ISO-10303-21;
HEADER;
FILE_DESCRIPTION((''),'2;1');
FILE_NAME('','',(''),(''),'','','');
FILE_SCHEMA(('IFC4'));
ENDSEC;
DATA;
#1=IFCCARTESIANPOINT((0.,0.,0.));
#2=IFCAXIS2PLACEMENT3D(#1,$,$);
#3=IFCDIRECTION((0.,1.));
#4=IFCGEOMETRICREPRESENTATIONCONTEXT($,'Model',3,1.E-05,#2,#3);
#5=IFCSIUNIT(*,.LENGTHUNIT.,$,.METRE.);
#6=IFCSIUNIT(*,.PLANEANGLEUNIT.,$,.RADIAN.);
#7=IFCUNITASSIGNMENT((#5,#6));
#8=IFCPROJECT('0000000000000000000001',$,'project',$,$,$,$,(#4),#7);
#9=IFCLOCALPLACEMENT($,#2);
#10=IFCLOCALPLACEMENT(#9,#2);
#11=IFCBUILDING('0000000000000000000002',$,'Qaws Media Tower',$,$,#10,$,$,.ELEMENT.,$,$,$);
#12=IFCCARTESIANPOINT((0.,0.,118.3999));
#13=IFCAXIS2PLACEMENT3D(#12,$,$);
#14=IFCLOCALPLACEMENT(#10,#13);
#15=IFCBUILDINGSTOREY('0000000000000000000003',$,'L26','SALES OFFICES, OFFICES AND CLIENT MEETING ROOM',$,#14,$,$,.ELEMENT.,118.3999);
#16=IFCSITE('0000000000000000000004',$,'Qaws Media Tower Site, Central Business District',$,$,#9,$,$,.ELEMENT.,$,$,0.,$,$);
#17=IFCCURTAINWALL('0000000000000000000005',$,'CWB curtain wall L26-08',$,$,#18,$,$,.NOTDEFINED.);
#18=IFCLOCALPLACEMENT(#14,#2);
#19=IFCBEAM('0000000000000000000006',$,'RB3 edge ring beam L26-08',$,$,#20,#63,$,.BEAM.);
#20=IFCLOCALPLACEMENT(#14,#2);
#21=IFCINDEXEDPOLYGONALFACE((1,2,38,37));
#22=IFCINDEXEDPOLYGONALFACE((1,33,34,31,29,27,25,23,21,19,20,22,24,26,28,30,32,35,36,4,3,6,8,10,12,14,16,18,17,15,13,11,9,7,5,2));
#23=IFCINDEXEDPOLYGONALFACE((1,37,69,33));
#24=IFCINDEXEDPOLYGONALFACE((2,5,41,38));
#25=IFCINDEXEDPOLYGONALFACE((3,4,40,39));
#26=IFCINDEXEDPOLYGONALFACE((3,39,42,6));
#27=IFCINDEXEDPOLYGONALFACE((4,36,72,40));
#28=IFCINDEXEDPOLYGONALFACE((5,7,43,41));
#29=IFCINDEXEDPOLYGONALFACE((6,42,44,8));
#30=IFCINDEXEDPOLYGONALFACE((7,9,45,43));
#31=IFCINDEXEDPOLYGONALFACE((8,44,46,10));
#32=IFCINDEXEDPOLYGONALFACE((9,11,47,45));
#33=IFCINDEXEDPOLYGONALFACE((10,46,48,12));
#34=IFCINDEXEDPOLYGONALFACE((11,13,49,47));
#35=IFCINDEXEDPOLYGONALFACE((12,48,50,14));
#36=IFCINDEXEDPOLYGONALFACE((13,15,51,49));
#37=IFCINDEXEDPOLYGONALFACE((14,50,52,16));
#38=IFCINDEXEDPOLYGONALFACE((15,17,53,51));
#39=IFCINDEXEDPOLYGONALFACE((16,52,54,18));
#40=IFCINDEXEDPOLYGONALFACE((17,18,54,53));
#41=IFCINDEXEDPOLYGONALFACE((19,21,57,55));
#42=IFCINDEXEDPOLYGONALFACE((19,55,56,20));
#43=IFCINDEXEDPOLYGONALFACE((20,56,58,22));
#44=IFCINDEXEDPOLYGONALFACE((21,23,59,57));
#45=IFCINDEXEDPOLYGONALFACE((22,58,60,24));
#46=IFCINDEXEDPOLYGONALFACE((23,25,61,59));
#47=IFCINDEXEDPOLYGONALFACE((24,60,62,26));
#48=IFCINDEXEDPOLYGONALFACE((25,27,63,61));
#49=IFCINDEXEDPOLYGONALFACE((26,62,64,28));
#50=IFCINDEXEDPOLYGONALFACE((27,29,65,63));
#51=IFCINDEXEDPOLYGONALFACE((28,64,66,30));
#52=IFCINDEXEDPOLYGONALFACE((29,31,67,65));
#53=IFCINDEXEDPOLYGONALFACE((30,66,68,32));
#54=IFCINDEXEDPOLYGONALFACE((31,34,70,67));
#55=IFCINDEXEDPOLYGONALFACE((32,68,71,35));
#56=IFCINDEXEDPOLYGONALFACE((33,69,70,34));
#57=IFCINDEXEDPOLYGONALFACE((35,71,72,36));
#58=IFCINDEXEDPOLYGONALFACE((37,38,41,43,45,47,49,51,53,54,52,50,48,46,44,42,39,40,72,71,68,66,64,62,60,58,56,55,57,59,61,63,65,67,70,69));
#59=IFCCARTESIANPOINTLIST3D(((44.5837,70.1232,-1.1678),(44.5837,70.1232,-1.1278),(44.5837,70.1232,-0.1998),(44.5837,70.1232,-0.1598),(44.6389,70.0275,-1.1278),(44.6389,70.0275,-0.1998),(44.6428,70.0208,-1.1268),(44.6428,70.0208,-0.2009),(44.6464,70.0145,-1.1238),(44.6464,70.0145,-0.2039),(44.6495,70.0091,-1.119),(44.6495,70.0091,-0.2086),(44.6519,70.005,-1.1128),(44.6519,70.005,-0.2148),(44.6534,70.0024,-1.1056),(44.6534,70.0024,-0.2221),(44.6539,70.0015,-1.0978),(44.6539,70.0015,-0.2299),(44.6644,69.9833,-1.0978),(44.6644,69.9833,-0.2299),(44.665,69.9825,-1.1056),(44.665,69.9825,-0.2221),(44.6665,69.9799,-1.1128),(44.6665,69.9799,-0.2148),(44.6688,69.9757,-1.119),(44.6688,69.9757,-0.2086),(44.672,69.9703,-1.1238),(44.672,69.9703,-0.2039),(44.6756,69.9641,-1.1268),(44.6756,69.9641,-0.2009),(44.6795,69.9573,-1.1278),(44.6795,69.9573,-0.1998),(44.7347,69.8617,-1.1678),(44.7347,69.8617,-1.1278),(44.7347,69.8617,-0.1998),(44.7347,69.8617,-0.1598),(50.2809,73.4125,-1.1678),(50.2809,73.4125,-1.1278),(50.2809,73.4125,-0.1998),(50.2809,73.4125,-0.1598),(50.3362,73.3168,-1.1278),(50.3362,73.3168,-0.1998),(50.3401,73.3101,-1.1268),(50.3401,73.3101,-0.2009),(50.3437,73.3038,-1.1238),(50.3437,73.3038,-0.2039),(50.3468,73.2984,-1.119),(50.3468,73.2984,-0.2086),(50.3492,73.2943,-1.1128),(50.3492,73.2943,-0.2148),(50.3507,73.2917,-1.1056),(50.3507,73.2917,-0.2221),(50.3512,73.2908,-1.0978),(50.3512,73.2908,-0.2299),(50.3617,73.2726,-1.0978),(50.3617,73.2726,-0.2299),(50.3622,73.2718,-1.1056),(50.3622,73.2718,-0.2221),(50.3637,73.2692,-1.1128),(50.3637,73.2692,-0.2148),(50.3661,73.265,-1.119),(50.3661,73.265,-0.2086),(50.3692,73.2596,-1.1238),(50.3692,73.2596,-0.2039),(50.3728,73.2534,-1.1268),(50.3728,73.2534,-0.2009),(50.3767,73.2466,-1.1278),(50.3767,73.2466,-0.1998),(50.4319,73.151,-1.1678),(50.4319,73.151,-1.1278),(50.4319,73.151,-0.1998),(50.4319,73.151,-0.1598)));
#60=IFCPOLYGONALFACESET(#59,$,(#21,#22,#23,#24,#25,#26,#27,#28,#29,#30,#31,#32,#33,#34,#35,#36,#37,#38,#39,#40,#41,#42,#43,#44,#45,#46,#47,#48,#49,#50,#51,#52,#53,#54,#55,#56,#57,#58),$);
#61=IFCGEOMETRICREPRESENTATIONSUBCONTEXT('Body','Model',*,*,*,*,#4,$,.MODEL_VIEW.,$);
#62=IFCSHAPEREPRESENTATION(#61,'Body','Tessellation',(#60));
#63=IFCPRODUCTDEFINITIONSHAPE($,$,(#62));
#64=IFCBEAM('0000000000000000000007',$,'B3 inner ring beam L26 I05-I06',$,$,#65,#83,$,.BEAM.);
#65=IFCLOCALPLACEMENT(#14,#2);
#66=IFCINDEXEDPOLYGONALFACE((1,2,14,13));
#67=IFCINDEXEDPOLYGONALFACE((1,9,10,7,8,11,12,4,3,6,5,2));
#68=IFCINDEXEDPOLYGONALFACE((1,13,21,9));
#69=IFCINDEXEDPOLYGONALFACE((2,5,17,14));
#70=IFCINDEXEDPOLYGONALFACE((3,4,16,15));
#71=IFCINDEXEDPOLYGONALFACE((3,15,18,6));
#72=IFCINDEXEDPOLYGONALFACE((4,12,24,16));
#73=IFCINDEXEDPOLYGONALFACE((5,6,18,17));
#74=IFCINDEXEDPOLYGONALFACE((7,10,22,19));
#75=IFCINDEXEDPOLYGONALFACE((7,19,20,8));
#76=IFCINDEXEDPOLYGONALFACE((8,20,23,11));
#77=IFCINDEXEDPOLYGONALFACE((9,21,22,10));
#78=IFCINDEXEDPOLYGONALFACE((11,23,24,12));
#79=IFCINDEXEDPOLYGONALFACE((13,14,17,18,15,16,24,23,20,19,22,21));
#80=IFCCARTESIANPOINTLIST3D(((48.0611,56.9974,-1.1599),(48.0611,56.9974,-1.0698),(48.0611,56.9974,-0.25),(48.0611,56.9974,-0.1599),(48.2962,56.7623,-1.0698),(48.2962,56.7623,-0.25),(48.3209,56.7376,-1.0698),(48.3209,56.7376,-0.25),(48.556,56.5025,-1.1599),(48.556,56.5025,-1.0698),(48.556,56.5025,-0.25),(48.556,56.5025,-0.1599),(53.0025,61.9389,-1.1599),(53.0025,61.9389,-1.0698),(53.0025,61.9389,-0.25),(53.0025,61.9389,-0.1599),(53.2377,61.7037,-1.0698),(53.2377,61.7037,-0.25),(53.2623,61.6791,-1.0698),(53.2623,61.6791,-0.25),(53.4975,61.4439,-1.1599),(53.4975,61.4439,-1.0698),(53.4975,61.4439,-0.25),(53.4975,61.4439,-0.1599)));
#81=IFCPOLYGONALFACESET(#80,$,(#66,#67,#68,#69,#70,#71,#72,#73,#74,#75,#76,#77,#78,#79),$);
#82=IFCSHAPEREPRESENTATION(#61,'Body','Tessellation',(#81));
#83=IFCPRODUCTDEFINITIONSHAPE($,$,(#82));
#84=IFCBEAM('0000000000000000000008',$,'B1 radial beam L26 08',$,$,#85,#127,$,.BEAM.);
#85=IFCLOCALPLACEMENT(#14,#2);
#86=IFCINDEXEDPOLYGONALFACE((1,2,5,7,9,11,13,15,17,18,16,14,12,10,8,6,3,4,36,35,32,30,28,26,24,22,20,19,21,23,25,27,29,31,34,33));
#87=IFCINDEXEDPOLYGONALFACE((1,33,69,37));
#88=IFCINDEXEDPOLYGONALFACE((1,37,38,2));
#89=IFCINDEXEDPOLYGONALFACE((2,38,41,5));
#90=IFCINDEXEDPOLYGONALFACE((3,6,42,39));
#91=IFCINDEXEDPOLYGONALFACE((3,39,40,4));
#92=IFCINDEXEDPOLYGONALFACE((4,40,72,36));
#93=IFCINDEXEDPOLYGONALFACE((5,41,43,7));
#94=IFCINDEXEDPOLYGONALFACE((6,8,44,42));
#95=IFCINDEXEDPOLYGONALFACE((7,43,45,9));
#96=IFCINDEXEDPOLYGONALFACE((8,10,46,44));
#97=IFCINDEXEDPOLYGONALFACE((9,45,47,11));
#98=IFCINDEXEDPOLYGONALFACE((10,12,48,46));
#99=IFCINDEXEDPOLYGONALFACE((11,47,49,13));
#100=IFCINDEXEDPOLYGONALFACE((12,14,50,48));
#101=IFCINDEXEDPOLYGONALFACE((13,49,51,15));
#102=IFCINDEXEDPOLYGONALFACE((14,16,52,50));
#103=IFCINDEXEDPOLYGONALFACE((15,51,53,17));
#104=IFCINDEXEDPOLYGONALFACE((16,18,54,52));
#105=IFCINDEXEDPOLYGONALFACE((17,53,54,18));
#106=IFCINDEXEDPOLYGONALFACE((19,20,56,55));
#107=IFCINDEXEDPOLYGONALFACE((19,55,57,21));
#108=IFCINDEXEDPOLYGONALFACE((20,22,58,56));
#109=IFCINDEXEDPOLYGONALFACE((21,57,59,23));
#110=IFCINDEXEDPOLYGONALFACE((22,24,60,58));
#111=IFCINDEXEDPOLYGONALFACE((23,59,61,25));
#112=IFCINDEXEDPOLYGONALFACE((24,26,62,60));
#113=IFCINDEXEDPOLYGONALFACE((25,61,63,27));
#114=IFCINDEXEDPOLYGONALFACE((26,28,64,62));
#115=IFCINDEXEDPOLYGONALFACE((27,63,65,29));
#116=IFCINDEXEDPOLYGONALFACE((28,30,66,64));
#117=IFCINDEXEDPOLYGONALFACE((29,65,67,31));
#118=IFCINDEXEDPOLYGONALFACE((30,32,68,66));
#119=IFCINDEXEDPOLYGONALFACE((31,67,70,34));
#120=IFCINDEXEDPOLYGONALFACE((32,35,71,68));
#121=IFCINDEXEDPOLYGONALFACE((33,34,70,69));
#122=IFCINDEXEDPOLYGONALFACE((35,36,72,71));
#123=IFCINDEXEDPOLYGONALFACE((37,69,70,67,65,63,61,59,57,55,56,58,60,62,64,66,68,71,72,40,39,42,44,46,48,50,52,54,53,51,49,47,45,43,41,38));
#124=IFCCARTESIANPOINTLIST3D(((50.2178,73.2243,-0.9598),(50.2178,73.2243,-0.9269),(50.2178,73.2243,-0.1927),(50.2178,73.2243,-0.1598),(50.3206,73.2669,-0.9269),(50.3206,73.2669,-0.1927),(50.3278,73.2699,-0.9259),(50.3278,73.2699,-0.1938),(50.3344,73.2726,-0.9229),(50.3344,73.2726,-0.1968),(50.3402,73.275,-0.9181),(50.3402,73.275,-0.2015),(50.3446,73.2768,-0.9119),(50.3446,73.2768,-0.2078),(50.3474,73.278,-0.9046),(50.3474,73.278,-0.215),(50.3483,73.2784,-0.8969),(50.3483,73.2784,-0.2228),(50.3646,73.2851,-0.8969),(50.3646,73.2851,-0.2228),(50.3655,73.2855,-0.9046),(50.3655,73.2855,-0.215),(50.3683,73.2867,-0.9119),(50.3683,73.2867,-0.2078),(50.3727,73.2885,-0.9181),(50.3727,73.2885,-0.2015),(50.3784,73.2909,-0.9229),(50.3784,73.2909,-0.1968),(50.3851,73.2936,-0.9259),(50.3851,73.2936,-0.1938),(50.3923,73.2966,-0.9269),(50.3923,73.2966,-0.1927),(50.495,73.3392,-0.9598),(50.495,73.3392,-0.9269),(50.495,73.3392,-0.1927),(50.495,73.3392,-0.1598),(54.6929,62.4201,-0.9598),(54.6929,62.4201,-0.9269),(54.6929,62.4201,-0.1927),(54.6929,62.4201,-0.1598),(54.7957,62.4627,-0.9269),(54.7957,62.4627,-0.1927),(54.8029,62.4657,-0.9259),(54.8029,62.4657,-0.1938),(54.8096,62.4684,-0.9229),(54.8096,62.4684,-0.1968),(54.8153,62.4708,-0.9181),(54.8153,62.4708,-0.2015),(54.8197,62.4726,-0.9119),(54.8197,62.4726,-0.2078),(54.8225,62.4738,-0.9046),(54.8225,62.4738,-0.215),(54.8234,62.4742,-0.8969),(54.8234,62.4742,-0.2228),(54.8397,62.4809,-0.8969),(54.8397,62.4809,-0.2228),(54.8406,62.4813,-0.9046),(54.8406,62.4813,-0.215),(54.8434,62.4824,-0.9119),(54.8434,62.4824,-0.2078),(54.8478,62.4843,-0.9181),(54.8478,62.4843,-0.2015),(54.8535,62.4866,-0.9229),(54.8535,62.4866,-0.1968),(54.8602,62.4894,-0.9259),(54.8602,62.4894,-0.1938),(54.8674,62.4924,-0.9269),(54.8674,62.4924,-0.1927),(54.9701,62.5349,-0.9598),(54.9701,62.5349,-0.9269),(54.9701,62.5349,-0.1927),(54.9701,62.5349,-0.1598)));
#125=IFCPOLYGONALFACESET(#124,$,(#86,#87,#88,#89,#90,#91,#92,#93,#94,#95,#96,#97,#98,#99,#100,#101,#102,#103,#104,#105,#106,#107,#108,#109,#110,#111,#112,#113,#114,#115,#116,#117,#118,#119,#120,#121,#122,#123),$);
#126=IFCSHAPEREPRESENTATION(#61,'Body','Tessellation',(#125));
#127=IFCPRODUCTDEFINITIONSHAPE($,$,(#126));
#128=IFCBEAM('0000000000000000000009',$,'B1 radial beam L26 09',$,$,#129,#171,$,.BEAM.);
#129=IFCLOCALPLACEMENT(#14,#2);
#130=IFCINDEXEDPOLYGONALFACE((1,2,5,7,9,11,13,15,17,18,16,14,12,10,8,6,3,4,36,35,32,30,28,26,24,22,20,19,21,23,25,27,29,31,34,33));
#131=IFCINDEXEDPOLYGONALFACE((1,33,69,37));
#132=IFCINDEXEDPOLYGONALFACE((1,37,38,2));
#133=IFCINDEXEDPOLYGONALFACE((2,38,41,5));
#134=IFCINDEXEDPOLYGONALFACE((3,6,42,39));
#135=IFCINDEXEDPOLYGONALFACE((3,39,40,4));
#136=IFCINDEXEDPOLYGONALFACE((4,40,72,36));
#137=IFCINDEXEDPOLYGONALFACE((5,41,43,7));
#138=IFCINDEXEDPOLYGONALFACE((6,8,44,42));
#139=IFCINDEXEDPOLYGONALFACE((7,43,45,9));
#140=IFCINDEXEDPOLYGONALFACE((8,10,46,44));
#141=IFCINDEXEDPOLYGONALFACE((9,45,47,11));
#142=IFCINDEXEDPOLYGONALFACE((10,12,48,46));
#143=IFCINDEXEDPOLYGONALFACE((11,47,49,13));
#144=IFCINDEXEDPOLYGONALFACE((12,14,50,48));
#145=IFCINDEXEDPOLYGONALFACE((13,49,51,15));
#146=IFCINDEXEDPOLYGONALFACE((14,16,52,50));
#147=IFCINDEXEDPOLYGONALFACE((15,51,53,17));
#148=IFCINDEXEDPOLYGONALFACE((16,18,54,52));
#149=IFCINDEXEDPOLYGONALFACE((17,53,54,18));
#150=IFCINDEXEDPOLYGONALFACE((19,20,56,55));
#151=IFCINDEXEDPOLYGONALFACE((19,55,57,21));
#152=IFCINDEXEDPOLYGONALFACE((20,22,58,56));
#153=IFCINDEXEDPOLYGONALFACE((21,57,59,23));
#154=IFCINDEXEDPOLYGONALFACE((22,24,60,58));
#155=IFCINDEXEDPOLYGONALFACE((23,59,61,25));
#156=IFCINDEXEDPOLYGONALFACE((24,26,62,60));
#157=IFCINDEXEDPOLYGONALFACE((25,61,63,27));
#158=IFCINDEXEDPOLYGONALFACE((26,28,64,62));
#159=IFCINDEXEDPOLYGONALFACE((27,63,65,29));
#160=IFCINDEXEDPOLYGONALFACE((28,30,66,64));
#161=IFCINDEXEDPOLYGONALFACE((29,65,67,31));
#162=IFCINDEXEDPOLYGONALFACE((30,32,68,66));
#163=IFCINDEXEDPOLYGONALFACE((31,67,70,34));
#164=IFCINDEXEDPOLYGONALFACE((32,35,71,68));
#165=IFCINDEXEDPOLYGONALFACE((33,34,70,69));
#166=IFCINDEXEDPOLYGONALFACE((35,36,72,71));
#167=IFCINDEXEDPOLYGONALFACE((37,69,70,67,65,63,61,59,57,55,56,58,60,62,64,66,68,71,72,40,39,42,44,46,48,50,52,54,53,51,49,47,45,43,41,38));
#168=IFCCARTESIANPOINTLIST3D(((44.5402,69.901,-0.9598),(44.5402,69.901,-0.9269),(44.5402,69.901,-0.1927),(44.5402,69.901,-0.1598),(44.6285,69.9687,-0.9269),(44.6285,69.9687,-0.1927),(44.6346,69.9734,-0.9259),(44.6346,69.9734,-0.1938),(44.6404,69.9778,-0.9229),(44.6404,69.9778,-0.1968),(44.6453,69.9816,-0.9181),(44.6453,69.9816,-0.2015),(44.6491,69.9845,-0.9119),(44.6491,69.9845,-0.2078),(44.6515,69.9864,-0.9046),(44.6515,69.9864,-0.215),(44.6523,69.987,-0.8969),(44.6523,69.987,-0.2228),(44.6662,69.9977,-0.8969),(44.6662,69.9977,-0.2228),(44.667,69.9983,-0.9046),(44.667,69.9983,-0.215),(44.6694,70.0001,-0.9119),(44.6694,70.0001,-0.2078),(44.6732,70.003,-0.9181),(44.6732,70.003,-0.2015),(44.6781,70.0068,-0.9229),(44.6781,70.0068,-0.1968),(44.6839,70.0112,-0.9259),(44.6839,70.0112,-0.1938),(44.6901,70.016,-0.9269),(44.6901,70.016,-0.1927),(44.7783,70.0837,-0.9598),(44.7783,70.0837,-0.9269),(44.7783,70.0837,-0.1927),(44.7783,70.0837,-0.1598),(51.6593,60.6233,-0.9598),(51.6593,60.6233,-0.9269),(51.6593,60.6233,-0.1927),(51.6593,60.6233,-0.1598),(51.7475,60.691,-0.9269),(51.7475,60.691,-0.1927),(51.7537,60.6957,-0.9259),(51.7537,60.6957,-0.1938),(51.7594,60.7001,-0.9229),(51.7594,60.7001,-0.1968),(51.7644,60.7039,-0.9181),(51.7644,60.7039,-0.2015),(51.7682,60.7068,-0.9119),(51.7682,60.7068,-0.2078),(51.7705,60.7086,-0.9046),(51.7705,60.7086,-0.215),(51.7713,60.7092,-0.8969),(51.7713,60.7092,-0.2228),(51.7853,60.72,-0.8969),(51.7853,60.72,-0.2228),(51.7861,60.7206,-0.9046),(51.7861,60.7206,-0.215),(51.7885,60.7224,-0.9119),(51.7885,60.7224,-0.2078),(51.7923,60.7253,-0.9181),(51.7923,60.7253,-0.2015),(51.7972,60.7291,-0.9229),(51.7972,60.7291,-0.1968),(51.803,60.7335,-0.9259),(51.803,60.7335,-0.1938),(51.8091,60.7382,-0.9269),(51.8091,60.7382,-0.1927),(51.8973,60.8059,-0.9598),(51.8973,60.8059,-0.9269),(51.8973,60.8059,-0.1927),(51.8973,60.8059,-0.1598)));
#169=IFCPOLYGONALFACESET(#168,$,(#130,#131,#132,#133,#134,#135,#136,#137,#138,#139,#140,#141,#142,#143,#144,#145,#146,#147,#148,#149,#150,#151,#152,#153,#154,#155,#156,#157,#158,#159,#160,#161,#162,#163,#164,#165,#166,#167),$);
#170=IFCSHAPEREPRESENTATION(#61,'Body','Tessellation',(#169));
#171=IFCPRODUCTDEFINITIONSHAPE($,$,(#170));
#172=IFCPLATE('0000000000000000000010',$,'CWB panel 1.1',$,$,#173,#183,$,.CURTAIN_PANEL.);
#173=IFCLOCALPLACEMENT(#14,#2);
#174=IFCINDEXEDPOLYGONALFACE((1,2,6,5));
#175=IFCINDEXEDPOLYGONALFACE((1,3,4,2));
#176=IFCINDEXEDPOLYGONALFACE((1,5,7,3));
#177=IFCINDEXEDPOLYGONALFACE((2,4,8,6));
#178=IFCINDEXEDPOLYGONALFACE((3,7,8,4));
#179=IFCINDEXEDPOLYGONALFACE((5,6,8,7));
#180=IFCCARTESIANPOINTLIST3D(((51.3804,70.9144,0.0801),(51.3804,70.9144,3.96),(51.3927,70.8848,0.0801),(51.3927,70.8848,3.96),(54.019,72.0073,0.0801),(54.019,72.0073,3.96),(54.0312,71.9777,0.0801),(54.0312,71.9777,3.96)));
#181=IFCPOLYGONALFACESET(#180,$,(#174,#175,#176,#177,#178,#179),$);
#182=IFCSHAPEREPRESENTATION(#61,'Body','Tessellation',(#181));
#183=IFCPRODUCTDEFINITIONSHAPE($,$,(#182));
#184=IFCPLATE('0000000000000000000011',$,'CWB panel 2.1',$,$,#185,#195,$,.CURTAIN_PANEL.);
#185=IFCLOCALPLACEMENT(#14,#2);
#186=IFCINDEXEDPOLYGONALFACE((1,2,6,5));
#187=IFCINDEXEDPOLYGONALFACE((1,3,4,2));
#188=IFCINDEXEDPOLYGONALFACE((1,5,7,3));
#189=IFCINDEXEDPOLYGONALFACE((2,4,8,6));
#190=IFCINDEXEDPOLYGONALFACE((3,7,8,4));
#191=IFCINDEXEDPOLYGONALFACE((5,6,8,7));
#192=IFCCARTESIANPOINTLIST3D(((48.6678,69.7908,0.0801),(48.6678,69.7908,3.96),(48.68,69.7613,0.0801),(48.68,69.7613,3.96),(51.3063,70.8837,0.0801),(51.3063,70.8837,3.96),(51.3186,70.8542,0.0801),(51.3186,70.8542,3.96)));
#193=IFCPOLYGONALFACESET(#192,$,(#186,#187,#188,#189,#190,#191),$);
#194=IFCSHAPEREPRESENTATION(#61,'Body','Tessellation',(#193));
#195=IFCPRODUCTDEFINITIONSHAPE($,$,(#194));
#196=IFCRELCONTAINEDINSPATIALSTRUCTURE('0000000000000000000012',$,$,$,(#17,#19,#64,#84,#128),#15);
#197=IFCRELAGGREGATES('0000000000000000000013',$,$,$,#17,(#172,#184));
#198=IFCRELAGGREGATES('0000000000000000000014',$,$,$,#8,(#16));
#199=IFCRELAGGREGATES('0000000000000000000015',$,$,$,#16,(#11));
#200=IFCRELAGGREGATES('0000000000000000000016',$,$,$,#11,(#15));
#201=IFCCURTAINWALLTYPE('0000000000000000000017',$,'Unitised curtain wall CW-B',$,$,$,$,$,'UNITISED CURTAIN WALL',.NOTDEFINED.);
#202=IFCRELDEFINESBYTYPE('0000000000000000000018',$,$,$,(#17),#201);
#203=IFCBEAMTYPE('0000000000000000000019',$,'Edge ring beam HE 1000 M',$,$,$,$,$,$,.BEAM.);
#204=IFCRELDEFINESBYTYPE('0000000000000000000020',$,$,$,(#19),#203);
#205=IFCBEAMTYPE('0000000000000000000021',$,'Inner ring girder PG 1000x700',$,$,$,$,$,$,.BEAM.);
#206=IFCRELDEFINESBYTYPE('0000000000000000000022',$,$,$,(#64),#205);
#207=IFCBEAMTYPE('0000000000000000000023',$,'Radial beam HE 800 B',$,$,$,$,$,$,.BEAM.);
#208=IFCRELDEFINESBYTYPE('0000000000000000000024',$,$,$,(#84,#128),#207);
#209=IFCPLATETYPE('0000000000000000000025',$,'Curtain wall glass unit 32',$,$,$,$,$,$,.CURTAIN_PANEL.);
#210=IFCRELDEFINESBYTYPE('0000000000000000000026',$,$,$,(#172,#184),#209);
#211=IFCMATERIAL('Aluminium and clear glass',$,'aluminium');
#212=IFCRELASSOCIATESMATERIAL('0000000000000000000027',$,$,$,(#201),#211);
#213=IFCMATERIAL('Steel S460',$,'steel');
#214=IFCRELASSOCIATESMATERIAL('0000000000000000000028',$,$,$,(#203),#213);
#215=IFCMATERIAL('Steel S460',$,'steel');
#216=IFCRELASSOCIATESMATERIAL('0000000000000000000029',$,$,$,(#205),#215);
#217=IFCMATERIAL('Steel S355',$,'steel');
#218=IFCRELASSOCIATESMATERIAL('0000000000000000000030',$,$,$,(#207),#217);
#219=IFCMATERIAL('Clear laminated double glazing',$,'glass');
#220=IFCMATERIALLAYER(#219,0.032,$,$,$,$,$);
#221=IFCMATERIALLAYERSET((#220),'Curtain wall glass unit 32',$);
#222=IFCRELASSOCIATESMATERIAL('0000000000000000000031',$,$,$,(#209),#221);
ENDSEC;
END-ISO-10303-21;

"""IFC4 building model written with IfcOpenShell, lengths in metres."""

from ifc_helpers import new_model, si_unit, direction, frame, origin, origin_2d, place, context, subcontext, project, spatial, rectangle, i_section, extrude, material, layer, layer_set, material_profile, profile_set, type_object, element, aggregate, save


model = new_model("IFC4")

# Units and contexts
model_context = context("Model", 3, precision=1e-05, world=origin(), true_north=direction((0.0, 1.0)))
body_context = subcontext(model_context, "Body", "Model", "MODEL_VIEW")
ifc_project = project(units=[si_unit("LENGTHUNIT", "METRE"), si_unit("PLANEANGLEUNIT", "RADIAN")], contexts=[model_context])

# Site, building, storey
site_placement = place(None, origin())
site = spatial("IfcSite", under=ifc_project, at=site_placement, Name="Qaws Media Tower Site, Central Business District", CompositionType="ELEMENT", RefElevation=0.0)
building_placement = place(site_placement, origin())
building = spatial("IfcBuilding", under=site, at=building_placement, Name="Qaws Media Tower", CompositionType="ELEMENT")
storey_placement = place(building_placement, frame((0.0, 0.0, 118.3999)))
storey = spatial("IfcBuildingStorey", under=building, at=storey_placement, Name="L26", Description="SALES OFFICES, OFFICES AND CLIENT MEETING ROOM", CompositionType="ELEMENT", Elevation=118.3999)

# Curtain wall
ifc_material_1 = material(Name="Aluminium and clear glass", Category="aluminium")
curtain_wall_type = type_object("IfcCurtainWallType", Name="Unitised curtain wall CW-B", ElementType="UNITISED CURTAIN WALL", PredefinedType="NOTDEFINED", material=ifc_material_1)
curtain_wall_1_placement = place(storey_placement, origin())
curtain_wall_1 = element("IfcCurtainWall", 1, at=curtain_wall_1_placement, inside=storey, type_object=curtain_wall_type, Name="CWB curtain wall L26-08", PredefinedType="NOTDEFINED")

# Beams
ifc_material_2 = material(Name="Steel S460", Category="steel")
ifc_material_profile_1 = material_profile(ifc_material_2, i_section(OverallWidth=0.302, OverallDepth=1.0081, WebThickness=0.021, FlangeThickness=0.04, FilletRadius=0.03, at=origin_2d()), Name="HE 1000 M")
ifc_profile_set_1 = profile_set([ifc_material_profile_1], Name="Steel S460")
beam_type_1 = type_object("IfcBeamType", Name="Edge ring beam HE 1000 M", PredefinedType="BEAM", material=ifc_profile_set_1)
beam_1_placement = place(storey_placement, frame((50.3564, 73.2817, -0.6638), z_axis=(-0.866026, -0.499999, 0.0), x_axis=(0.499999, -0.866026, 0.0)))
element("IfcBeam", 2, at=beam_1_placement, inside=storey, type_object=beam_type_1, Name="RB3 edge ring beam L26-08", PredefinedType="BEAM", context=body_context, shape_type="SweptSolid", body=[
    extrude(i_section(OverallWidth=0.302, OverallDepth=1.0081, WebThickness=0.021, FlangeThickness=0.04, FilletRadius=0.03, at=origin_2d()), origin(), (0.0, 0.0, 1.0), 6.5786),
])
ifc_material_3 = material(Name="Steel S460", Category="steel")
ifc_material_profile_2 = material_profile(ifc_material_3, i_section(OverallWidth=0.7, OverallDepth=1.0, WebThickness=0.0349, FlangeThickness=0.0901, at=origin_2d()), Name="PG 1000x700")
ifc_profile_set_2 = profile_set([ifc_material_profile_2], Name="Steel S460")
beam_type_2 = type_object("IfcBeamType", Name="Inner ring girder PG 1000x700", PredefinedType="BEAM", material=ifc_profile_set_2)
beam_2_placement = place(storey_placement, frame((53.25, 61.6914, -0.6599), z_axis=(-0.707107, -0.707107, 0.0), x_axis=(0.707107, -0.707107, 0.0)))
element("IfcBeam", 3, at=beam_2_placement, inside=storey, type_object=beam_type_2, Name="B3 inner ring beam L26 I05-I06", PredefinedType="BEAM", context=body_context, shape_type="SweptSolid", body=[
    extrude(i_section(OverallWidth=0.7, OverallDepth=1.0, WebThickness=0.0349, FlangeThickness=0.0901, at=origin_2d()), origin(), (0.0, 0.0, 1.0), 6.9883),
])
ifc_material_4 = material(Name="Steel S355", Category="steel")
ifc_material_profile_3 = material_profile(ifc_material_4, i_section(OverallWidth=0.3, OverallDepth=0.8, WebThickness=0.0176, FlangeThickness=0.033, FilletRadius=0.03, at=origin_2d()), Name="HE 800 B")
ifc_profile_set_3 = profile_set([ifc_material_profile_3], Name="Steel S355")
beam_type_3 = type_object("IfcBeamType", Name="Radial beam HE 800 B", PredefinedType="BEAM", material=ifc_profile_set_3)
for number, where, z_axis, x_axis, name in (
    (4, (54.8315, 62.4775, -0.5598), (-0.382673, 0.923884, 0.0), (-0.923884, -0.382673, 0.0), "B1 radial beam L26 08"),
    (5, (51.7783, 60.7146, -0.5598), (-0.608762, 0.793353, 0.0), (-0.793353, -0.608762, 0.0), "B1 radial beam L26 09"),
):
    element("IfcBeam", number, at=place(storey_placement, frame(where, z_axis=z_axis, x_axis=x_axis)), inside=storey, type_object=beam_type_3, Name=name, PredefinedType="BEAM", context=body_context, shape_type="SweptSolid", body=[
        extrude(i_section(OverallWidth=0.3, OverallDepth=0.8, WebThickness=0.0176, FlangeThickness=0.033, FilletRadius=0.03, at=origin_2d()), origin(), (0.0, 0.0, 1.0), 11.6943),
    ])

# Plates
ifc_material_5 = material(Name="Clear laminated double glazing", Category="glass")
ifc_layer_1 = layer(ifc_material_5, 0.032)
ifc_layer_set_1 = layer_set([ifc_layer_1], Name="Curtain wall glass unit 32")
plate_type_1 = type_object("IfcPlateType", Name="Curtain wall glass unit 32", PredefinedType="CURTAIN_PANEL", material=ifc_layer_set_1)
plate_1_placement = place(storey_placement, frame((52.7058, 71.446, 0.0801), z_axis=(0.0, 0.0, 1.0), x_axis=(-0.92388, -0.382683, 0.0)))
plate_1 = element("IfcPlate", 6, at=plate_1_placement, type_object=plate_type_1, Name="CWB panel 1.1", PredefinedType="CURTAIN_PANEL", context=body_context, shape_type="SweptSolid", body=[
    extrude(rectangle(XDim=2.856, YDim=0.032, at=origin_2d()), origin(), (0.0, 0.0, 1.0), 3.8799),
])
plate_2_placement = place(storey_placement, frame((49.9932, 70.3225, 0.0801), z_axis=(0.0, 0.0, 1.0), x_axis=(-0.92388, -0.382683, 0.0)))
plate_2 = element("IfcPlate", 7, at=plate_2_placement, type_object=plate_type_1, Name="CWB panel 2.1", PredefinedType="CURTAIN_PANEL", context=body_context, shape_type="SweptSolid", body=[
    extrude(rectangle(XDim=2.856, YDim=0.032, at=origin_2d()), origin(), (0.0, 0.0, 1.0), 3.8799),
])
aggregate(curtain_wall_1, [plate_1, plate_2])

save(model, "model.ifc")
